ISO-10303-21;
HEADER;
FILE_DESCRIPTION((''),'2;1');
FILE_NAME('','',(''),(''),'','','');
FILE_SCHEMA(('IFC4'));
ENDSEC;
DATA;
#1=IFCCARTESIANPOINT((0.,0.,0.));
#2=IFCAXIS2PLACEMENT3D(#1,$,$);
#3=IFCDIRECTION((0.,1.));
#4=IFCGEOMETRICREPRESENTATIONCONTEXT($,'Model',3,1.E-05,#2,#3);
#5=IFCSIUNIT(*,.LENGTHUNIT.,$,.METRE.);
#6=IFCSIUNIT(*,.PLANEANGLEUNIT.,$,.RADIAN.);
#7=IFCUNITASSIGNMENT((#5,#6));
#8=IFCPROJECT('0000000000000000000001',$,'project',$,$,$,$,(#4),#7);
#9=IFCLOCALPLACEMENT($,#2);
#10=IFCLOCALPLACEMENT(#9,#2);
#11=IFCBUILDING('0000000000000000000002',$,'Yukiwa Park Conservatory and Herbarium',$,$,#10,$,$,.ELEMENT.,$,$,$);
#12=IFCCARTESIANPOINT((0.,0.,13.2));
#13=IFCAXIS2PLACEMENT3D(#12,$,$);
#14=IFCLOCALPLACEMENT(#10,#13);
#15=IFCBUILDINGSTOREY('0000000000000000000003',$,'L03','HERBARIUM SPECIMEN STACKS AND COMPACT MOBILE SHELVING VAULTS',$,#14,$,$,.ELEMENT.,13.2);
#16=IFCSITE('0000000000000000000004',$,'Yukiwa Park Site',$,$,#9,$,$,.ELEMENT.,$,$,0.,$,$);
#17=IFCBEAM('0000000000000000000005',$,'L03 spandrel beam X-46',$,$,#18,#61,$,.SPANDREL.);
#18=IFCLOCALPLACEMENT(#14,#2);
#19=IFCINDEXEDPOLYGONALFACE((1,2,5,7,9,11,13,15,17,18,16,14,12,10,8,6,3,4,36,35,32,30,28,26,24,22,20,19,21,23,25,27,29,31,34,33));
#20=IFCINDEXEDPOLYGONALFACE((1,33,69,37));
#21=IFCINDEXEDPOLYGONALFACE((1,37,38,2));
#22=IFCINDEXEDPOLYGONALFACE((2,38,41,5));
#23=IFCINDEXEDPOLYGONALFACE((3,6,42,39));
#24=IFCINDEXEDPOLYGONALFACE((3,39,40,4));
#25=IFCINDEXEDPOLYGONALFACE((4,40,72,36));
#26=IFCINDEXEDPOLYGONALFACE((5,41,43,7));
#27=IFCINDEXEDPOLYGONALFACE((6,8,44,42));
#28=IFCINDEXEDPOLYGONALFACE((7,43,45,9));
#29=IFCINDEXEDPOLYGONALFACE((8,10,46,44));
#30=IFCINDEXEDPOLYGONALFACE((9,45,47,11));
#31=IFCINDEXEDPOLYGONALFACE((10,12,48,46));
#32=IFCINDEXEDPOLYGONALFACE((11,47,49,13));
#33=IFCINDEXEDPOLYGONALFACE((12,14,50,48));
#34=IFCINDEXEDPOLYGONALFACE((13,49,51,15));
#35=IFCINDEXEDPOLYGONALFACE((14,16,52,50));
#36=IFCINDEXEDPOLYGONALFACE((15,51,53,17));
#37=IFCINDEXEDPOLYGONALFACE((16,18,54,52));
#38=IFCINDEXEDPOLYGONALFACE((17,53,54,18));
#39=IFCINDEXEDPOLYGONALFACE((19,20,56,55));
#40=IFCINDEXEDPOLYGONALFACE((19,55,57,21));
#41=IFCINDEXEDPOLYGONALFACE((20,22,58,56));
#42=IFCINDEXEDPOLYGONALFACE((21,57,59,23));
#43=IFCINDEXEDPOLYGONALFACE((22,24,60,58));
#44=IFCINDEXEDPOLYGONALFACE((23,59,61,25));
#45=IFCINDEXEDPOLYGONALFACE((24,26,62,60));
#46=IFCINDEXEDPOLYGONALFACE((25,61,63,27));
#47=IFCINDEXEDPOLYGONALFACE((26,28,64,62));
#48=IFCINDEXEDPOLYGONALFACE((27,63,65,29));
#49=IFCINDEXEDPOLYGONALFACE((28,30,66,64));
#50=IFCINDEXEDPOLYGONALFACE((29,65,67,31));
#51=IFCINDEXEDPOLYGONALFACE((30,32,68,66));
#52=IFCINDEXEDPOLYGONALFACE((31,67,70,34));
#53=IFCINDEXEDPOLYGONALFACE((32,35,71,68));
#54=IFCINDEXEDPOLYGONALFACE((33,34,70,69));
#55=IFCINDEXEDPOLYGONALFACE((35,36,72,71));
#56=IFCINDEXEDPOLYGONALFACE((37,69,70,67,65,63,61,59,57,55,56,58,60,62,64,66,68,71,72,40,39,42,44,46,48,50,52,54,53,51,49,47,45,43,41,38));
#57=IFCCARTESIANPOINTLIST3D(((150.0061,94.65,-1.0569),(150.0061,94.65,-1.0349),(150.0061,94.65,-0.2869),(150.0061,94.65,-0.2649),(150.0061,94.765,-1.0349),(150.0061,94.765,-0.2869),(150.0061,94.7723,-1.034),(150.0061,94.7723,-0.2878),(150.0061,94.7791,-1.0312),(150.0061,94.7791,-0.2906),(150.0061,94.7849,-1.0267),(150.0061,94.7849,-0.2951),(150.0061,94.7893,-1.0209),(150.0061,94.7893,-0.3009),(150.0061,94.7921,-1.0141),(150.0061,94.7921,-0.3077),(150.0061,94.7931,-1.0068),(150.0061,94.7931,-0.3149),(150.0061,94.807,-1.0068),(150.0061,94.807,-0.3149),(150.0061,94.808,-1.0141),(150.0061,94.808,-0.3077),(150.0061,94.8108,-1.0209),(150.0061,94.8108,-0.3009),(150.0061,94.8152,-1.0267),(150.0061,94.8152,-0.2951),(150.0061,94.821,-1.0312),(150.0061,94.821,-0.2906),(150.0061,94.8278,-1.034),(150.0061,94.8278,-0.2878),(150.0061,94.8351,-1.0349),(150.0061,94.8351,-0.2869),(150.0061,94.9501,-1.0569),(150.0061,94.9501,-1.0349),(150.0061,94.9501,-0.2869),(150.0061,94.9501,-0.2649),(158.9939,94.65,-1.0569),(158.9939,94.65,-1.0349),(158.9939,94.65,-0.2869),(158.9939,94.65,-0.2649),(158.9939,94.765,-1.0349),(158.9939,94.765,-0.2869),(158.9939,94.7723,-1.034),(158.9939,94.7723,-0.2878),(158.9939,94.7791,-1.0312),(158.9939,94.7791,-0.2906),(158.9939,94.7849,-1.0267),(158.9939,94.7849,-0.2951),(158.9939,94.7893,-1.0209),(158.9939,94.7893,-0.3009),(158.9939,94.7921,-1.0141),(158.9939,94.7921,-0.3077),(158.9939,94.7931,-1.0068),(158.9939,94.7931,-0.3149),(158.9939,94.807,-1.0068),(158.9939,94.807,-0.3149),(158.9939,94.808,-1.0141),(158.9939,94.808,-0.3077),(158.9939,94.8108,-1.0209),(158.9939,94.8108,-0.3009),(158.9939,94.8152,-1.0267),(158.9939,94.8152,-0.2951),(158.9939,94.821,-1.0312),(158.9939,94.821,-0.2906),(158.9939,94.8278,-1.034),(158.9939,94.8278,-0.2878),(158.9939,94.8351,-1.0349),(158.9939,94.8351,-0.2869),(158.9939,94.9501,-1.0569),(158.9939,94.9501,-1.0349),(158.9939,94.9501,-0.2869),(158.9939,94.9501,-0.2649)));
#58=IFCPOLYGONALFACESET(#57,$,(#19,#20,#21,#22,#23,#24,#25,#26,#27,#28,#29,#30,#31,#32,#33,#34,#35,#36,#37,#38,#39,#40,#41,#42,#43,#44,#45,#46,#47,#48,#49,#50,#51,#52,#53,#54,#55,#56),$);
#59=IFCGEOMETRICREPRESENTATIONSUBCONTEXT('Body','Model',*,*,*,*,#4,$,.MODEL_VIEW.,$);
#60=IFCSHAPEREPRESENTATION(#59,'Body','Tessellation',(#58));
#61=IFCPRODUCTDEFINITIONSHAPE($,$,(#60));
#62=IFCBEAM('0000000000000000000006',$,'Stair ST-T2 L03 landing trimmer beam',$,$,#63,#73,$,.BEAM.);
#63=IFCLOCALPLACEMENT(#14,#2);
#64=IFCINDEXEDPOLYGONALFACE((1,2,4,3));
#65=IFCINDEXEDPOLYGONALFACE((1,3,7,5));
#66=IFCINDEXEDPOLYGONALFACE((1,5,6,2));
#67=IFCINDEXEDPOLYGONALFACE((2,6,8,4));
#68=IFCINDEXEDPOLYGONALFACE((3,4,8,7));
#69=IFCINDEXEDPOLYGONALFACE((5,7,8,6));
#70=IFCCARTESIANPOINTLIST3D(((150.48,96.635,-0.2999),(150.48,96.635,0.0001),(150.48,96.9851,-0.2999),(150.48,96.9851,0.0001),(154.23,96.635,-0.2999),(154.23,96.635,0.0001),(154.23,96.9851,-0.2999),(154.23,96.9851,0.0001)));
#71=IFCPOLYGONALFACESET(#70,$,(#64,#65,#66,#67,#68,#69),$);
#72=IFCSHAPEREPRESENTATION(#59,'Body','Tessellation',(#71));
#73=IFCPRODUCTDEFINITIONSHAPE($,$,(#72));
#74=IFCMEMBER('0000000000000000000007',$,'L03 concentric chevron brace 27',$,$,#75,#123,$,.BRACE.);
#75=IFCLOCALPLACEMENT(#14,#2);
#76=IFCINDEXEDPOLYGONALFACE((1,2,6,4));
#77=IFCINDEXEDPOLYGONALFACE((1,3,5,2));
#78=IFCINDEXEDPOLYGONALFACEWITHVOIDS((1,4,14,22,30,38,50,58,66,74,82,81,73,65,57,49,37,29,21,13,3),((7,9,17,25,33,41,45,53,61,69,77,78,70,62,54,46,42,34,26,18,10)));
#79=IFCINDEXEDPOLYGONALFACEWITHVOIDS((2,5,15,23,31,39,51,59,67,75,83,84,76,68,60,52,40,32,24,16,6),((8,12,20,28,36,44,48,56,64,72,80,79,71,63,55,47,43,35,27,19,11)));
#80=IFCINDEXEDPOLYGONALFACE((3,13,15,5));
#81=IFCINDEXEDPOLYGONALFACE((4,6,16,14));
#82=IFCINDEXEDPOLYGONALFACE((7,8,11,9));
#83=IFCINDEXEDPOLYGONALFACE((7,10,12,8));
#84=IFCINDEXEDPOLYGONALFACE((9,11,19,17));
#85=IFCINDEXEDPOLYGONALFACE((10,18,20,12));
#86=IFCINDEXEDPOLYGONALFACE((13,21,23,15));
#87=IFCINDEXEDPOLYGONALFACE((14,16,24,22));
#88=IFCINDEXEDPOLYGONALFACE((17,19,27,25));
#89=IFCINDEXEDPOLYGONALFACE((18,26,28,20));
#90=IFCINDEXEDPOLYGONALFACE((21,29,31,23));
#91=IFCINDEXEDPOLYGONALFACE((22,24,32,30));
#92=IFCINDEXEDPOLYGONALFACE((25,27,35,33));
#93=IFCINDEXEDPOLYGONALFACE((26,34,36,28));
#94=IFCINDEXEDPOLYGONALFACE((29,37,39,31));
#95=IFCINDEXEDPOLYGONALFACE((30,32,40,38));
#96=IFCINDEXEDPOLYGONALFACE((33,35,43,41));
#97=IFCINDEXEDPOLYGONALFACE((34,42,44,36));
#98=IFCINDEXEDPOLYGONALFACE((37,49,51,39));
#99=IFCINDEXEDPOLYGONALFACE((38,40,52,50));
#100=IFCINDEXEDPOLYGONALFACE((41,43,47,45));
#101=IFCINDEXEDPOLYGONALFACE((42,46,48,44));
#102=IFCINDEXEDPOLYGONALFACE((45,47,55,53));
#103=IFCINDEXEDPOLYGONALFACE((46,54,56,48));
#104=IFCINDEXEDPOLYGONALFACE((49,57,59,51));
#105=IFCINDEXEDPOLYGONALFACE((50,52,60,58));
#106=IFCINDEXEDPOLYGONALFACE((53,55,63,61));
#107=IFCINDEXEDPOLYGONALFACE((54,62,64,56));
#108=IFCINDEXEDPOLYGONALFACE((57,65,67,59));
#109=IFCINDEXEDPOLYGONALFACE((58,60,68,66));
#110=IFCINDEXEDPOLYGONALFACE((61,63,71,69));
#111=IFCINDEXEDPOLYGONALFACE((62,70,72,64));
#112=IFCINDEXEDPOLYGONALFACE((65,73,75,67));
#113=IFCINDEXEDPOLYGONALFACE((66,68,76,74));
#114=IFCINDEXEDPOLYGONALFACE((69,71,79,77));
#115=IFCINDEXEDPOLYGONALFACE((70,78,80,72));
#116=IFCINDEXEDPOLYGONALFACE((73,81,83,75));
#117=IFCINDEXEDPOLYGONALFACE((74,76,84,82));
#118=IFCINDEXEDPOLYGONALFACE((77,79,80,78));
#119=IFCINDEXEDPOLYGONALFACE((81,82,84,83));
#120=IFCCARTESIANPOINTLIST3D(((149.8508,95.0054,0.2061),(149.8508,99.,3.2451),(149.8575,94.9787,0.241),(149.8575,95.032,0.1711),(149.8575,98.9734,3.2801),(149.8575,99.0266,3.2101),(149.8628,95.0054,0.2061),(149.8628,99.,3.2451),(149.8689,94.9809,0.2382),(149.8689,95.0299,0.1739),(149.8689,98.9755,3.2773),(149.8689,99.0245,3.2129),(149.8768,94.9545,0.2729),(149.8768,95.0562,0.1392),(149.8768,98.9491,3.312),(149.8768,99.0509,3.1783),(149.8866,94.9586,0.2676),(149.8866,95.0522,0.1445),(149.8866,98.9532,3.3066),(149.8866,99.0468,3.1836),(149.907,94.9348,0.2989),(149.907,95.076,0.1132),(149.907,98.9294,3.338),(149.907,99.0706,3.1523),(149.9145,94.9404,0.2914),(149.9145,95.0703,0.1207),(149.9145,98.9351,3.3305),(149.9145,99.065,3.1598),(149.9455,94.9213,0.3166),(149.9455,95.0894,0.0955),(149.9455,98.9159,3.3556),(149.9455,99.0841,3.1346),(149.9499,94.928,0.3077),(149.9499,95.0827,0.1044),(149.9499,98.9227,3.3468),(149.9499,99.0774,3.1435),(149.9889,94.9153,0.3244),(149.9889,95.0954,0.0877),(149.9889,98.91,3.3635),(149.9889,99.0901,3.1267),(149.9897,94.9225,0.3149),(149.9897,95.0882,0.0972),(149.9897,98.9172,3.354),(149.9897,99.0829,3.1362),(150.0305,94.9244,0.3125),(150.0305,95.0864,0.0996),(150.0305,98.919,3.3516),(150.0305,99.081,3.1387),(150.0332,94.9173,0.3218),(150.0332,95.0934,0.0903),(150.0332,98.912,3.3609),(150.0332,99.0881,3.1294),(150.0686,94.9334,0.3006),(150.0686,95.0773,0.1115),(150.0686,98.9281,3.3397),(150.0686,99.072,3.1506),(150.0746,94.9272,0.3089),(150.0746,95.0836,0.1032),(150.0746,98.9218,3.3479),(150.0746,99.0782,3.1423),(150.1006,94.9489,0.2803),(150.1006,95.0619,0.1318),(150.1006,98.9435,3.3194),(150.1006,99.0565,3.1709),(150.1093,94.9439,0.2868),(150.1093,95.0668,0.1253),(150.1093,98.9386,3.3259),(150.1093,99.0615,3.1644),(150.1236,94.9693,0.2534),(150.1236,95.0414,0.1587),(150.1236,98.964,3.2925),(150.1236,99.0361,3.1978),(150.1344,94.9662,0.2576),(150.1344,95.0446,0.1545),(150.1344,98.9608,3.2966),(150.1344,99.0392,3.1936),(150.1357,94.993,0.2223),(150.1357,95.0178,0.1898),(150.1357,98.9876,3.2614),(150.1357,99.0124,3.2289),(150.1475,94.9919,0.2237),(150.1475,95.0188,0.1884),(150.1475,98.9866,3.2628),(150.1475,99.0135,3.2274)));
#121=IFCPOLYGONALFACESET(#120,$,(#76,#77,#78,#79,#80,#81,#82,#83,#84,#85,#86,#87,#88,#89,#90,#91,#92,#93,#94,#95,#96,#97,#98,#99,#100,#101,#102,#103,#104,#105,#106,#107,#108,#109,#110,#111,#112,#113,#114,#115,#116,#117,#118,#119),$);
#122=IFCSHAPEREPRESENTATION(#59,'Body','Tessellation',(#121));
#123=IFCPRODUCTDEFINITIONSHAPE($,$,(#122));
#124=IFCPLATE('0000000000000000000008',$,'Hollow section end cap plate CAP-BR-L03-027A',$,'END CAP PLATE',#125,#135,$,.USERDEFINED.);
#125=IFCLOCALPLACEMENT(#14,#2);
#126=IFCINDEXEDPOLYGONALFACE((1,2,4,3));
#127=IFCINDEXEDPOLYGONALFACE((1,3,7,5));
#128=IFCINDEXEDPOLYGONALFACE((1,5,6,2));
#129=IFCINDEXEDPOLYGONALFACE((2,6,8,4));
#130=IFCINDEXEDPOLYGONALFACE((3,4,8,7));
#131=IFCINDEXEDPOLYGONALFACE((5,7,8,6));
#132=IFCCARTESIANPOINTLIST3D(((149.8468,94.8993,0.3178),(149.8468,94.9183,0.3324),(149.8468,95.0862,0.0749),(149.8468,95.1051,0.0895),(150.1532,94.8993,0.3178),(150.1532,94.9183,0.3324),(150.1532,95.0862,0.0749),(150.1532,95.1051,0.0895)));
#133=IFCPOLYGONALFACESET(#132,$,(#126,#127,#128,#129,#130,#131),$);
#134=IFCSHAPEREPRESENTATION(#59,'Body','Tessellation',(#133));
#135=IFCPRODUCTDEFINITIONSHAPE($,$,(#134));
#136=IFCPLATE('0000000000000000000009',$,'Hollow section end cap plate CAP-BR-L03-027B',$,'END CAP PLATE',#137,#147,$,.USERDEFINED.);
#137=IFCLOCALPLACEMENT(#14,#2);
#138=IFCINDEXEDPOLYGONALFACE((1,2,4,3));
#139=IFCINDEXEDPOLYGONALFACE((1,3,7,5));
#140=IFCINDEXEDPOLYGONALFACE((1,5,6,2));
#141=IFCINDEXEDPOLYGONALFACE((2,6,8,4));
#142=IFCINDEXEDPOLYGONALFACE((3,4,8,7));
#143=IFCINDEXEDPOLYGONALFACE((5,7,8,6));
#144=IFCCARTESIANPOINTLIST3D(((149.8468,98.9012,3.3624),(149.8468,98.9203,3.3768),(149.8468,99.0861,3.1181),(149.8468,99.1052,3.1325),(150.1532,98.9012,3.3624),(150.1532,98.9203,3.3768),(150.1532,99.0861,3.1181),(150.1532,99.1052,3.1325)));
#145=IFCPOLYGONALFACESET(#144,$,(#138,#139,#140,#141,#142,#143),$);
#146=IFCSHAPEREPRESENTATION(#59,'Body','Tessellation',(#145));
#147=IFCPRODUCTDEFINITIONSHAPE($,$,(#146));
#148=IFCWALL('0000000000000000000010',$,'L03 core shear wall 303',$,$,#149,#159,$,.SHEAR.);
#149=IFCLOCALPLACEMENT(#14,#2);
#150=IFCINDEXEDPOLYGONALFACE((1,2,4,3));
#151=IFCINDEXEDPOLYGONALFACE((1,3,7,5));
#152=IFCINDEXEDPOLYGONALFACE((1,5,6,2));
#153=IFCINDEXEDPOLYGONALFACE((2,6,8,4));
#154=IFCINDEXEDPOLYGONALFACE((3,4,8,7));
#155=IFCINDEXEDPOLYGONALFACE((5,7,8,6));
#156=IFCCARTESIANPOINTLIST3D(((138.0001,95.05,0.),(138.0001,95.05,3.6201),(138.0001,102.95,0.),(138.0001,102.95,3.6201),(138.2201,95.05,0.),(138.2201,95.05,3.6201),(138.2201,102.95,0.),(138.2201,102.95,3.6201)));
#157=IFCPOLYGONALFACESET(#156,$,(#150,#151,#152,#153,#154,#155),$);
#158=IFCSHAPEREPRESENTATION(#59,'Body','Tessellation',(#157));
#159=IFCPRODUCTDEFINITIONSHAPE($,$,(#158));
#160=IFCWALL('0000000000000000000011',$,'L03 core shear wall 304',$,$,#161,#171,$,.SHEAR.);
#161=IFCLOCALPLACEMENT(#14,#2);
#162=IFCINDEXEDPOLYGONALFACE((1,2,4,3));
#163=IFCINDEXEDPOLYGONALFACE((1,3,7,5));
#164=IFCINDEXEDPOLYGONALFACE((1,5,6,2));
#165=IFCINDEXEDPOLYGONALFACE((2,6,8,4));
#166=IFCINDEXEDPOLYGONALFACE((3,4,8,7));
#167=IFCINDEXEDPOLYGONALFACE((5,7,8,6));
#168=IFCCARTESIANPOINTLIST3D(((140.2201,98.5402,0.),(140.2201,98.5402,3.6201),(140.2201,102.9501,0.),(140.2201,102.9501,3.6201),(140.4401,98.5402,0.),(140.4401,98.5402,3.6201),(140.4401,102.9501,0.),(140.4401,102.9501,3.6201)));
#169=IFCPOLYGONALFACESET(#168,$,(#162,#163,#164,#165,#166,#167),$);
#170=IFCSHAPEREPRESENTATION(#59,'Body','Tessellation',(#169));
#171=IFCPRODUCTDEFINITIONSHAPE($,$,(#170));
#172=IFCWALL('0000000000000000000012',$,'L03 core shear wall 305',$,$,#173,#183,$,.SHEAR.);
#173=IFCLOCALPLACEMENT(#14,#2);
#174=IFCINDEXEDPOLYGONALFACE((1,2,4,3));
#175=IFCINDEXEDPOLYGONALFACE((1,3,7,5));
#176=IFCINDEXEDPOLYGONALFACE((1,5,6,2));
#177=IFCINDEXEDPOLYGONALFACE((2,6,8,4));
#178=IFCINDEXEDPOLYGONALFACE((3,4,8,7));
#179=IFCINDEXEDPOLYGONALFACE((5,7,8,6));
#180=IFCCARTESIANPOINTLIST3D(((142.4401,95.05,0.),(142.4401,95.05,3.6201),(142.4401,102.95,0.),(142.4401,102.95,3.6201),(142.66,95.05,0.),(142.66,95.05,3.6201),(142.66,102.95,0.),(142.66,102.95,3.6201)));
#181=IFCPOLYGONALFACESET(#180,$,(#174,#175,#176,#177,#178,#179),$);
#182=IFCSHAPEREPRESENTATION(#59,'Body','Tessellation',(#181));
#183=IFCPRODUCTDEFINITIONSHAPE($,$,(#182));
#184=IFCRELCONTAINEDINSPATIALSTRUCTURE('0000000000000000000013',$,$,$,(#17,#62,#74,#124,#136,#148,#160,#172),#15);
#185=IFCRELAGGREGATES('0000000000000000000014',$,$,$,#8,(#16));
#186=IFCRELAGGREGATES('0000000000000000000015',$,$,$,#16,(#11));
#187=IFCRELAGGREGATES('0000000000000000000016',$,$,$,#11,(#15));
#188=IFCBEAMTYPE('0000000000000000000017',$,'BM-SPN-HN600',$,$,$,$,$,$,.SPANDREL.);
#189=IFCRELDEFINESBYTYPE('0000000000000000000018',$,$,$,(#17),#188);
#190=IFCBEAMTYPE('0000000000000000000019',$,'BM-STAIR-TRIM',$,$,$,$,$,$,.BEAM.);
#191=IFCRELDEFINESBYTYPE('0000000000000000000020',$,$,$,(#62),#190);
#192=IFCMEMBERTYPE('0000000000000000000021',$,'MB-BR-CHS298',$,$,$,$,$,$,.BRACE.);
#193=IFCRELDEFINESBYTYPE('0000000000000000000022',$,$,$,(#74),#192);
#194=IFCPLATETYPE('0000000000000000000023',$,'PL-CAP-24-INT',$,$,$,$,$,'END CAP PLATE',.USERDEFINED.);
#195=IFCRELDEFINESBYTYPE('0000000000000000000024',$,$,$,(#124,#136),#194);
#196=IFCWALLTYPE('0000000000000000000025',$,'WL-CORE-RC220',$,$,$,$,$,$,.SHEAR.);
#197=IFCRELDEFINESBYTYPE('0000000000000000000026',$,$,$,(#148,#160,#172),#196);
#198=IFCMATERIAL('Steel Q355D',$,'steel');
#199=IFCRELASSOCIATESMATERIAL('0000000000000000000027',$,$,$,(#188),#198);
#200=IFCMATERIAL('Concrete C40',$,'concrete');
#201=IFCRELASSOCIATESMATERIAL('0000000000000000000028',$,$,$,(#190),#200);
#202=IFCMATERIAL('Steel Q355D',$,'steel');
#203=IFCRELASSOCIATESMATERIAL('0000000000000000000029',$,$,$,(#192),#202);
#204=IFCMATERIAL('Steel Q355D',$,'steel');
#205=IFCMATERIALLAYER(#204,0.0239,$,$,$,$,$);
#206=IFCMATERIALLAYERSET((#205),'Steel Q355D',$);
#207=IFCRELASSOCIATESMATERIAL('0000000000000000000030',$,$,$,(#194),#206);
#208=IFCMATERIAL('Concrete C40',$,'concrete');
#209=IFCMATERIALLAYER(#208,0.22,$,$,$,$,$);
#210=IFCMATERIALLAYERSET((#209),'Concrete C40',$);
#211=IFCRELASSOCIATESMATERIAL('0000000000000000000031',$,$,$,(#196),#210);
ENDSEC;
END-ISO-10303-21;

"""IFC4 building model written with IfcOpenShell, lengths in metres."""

from ifc_helpers import new_model, si_unit, direction, frame, frame_2d, origin, origin_2d, place, context, subcontext, project, spatial, rectangle, hollow_circle, i_section, extrude, material, layer, layer_set, material_profile, profile_set, type_object, element, save


model = new_model("IFC4")

# Units and contexts
model_context = context("Model", 3, precision=1e-05, world=origin(), true_north=direction((0.0, 1.0)))
body_context = subcontext(model_context, "Body", "Model", "MODEL_VIEW")
ifc_project = project(units=[si_unit("LENGTHUNIT", "METRE"), si_unit("PLANEANGLEUNIT", "RADIAN")], contexts=[model_context])

# Site, building, storey
site_placement = place(None, origin())
site = spatial("IfcSite", under=ifc_project, at=site_placement, Name="Yukiwa Park Site", CompositionType="ELEMENT", RefElevation=0.0)
building_placement = place(site_placement, origin())
building = spatial("IfcBuilding", under=site, at=building_placement, Name="Yukiwa Park Conservatory and Herbarium", CompositionType="ELEMENT")
storey_placement = place(building_placement, frame((0.0, 0.0, 13.2)))
storey = spatial("IfcBuildingStorey", under=building, at=storey_placement, Name="L03", Description="HERBARIUM SPECIMEN STACKS AND COMPACT MOBILE SHELVING VAULTS", CompositionType="ELEMENT", Elevation=13.2)

# Beams
ifc_material_1 = material(Name="Steel Q355D", Category="steel")
ifc_material_profile_1 = material_profile(ifc_material_1, i_section(OverallWidth=0.3, OverallDepth=0.792, WebThickness=0.0139, FlangeThickness=0.022, FilletRadius=0.0281, at=origin_2d()), Name="HN 792x300x14x22")
ifc_profile_set_1 = profile_set([ifc_material_profile_1], Name="Steel Q355D")
beam_type_1 = type_object("IfcBeamType", Name="BM-SPN-HN600", PredefinedType="SPANDREL", material=ifc_profile_set_1)
beam_1_placement = place(storey_placement, frame((150.0061, 94.8, -0.6609), z_axis=(1.0, 0.0, 0.0), x_axis=(0.0, 1.0, 0.0)))
element("IfcBeam", 1, at=beam_1_placement, inside=storey, type_object=beam_type_1, Name="L03 spandrel beam X-46", PredefinedType="SPANDREL", context=body_context, shape_type="SweptSolid", body=[
    extrude(i_section(OverallWidth=0.3, OverallDepth=0.792, WebThickness=0.0139, FlangeThickness=0.022, FilletRadius=0.0281, at=origin_2d()), origin(), (0.0, 0.0, 1.0), 8.9878),
])
ifc_material_2 = material(Name="Concrete C40", Category="concrete")
ifc_material_profile_2 = material_profile(ifc_material_2, rectangle(XDim=0.3501, YDim=0.3, at=origin_2d()), Name="RC 350x300")
ifc_profile_set_2 = profile_set([ifc_material_profile_2], Name="Concrete C40")
beam_type_2 = type_object("IfcBeamType", Name="BM-STAIR-TRIM", PredefinedType="BEAM", material=ifc_profile_set_2)
beam_2_placement = place(storey_placement, frame((150.48, 96.8101, -0.1499), z_axis=(1.0, 0.0, 0.0), x_axis=(0.0, 1.0, 0.0)))
element("IfcBeam", 2, at=beam_2_placement, inside=storey, type_object=beam_type_2, Name="Stair ST-T2 L03 landing trimmer beam", PredefinedType="BEAM", context=body_context, shape_type="SweptSolid", body=[
    extrude(rectangle(XDim=0.3501, YDim=0.3, at=origin_2d()), origin(), (0.0, 0.0, 1.0), 3.75),
])

# Member
ifc_material_3 = material(Name="Steel Q355D", Category="steel")
ifc_material_profile_3 = material_profile(ifc_material_3, hollow_circle(Radius=0.1492, WallThickness=0.012, at=origin_2d()), Name="CHS 298.5x12")
ifc_profile_set_3 = profile_set([ifc_material_profile_3], Name="Steel Q355D")
member_type = type_object("IfcMemberType", Name="MB-BR-CHS298", PredefinedType="BRACE", material=ifc_profile_set_3)
member_placement = place(storey_placement, frame((150.0, 95.0054, 0.2061), z_axis=(0.0, 0.79586, 0.60548), x_axis=(-1.0, 0.0, 0.0)))
element("IfcMember", 3, at=member_placement, inside=storey, type_object=member_type, Name="L03 concentric chevron brace 27", PredefinedType="BRACE", context=body_context, shape_type="SweptSolid", body=[
    extrude(hollow_circle(Radius=0.1492, WallThickness=0.012, at=origin_2d()), origin(), (0.0, 0.0, 1.0), 5.0193),
])

# Plates
ifc_material_4 = material(Name="Steel Q355D", Category="steel")
ifc_layer_1 = layer(ifc_material_4, 0.0239)
ifc_layer_set_1 = layer_set([ifc_layer_1], Name="Steel Q355D")
plate_type = type_object("IfcPlateType", Name="PL-CAP-24-INT", ElementType="END CAP PLATE", PredefinedType="USERDEFINED", material=ifc_layer_set_1)
for number, where, z_axis, x_axis, name in (
    (4, (150.0, 95.0117, 0.2109), (0.0, -0.792624, -0.609711), (1.0, 0.0, 0.0), "Hollow section end cap plate CAP-BR-L03-027A"),
    (5, (150.0, 98.9937, 3.2402), (0.0, 0.797539, 0.603267), (-1.0, 0.0, 0.0), "Hollow section end cap plate CAP-BR-L03-027B"),
):
    element("IfcPlate", number, at=place(storey_placement, frame(where, z_axis=z_axis, x_axis=x_axis)), inside=storey, type_object=plate_type, Name=name, ObjectType="END CAP PLATE", PredefinedType="USERDEFINED", context=body_context, shape_type="SweptSolid", body=[
        extrude(rectangle(XDim=0.3064, YDim=0.3064, at=origin_2d()), origin(), (0.0, 0.0, 1.0), 0.0239),
    ])

# Walls
ifc_material_5 = material(Name="Concrete C40", Category="concrete")
ifc_layer_2 = layer(ifc_material_5, 0.22)
ifc_layer_set_2 = layer_set([ifc_layer_2], Name="Concrete C40")
wall_type_1 = type_object("IfcWallType", Name="WL-CORE-RC220", PredefinedType="SHEAR", material=ifc_layer_set_2)
wall_1_placement = place(storey_placement, frame((138.1101, 95.05, 0.0), z_axis=(0.0, 0.0, 1.0), x_axis=(0.0, 1.0, 0.0)))
element("IfcWall", 6, at=wall_1_placement, inside=storey, type_object=wall_type_1, Name="L03 core shear wall 303", PredefinedType="SHEAR", context=body_context, shape_type="SweptSolid", body=[
    extrude(rectangle(XDim=7.8999, YDim=0.22, at=frame_2d((3.95, 0.0))), origin(), (0.0, 0.0, 1.0), 3.6201),
])
wall_2_placement = place(storey_placement, frame((140.3301, 98.54, 0.0), z_axis=(0.0, 0.0, 1.0), x_axis=(0.0, 1.0, 0.0)))
element("IfcWall", 7, at=wall_2_placement, inside=storey, type_object=wall_type_1, Name="L03 core shear wall 304", PredefinedType="SHEAR", context=body_context, shape_type="SweptSolid", body=[
    extrude(rectangle(XDim=4.4099, YDim=0.22, at=frame_2d((2.2051, 0.0))), origin(), (0.0, 0.0, 1.0), 3.6201),
])
wall_3_placement = place(storey_placement, frame((142.55, 95.05, 0.0), z_axis=(0.0, 0.0, 1.0), x_axis=(0.0, 1.0, 0.0)))
element("IfcWall", 8, at=wall_3_placement, inside=storey, type_object=wall_type_1, Name="L03 core shear wall 305", PredefinedType="SHEAR", context=body_context, shape_type="SweptSolid", body=[
    extrude(rectangle(XDim=7.8999, YDim=0.22, at=frame_2d((3.95, 0.0))), origin(), (0.0, 0.0, 1.0), 3.6201),
])

save(model, "model.ifc")
